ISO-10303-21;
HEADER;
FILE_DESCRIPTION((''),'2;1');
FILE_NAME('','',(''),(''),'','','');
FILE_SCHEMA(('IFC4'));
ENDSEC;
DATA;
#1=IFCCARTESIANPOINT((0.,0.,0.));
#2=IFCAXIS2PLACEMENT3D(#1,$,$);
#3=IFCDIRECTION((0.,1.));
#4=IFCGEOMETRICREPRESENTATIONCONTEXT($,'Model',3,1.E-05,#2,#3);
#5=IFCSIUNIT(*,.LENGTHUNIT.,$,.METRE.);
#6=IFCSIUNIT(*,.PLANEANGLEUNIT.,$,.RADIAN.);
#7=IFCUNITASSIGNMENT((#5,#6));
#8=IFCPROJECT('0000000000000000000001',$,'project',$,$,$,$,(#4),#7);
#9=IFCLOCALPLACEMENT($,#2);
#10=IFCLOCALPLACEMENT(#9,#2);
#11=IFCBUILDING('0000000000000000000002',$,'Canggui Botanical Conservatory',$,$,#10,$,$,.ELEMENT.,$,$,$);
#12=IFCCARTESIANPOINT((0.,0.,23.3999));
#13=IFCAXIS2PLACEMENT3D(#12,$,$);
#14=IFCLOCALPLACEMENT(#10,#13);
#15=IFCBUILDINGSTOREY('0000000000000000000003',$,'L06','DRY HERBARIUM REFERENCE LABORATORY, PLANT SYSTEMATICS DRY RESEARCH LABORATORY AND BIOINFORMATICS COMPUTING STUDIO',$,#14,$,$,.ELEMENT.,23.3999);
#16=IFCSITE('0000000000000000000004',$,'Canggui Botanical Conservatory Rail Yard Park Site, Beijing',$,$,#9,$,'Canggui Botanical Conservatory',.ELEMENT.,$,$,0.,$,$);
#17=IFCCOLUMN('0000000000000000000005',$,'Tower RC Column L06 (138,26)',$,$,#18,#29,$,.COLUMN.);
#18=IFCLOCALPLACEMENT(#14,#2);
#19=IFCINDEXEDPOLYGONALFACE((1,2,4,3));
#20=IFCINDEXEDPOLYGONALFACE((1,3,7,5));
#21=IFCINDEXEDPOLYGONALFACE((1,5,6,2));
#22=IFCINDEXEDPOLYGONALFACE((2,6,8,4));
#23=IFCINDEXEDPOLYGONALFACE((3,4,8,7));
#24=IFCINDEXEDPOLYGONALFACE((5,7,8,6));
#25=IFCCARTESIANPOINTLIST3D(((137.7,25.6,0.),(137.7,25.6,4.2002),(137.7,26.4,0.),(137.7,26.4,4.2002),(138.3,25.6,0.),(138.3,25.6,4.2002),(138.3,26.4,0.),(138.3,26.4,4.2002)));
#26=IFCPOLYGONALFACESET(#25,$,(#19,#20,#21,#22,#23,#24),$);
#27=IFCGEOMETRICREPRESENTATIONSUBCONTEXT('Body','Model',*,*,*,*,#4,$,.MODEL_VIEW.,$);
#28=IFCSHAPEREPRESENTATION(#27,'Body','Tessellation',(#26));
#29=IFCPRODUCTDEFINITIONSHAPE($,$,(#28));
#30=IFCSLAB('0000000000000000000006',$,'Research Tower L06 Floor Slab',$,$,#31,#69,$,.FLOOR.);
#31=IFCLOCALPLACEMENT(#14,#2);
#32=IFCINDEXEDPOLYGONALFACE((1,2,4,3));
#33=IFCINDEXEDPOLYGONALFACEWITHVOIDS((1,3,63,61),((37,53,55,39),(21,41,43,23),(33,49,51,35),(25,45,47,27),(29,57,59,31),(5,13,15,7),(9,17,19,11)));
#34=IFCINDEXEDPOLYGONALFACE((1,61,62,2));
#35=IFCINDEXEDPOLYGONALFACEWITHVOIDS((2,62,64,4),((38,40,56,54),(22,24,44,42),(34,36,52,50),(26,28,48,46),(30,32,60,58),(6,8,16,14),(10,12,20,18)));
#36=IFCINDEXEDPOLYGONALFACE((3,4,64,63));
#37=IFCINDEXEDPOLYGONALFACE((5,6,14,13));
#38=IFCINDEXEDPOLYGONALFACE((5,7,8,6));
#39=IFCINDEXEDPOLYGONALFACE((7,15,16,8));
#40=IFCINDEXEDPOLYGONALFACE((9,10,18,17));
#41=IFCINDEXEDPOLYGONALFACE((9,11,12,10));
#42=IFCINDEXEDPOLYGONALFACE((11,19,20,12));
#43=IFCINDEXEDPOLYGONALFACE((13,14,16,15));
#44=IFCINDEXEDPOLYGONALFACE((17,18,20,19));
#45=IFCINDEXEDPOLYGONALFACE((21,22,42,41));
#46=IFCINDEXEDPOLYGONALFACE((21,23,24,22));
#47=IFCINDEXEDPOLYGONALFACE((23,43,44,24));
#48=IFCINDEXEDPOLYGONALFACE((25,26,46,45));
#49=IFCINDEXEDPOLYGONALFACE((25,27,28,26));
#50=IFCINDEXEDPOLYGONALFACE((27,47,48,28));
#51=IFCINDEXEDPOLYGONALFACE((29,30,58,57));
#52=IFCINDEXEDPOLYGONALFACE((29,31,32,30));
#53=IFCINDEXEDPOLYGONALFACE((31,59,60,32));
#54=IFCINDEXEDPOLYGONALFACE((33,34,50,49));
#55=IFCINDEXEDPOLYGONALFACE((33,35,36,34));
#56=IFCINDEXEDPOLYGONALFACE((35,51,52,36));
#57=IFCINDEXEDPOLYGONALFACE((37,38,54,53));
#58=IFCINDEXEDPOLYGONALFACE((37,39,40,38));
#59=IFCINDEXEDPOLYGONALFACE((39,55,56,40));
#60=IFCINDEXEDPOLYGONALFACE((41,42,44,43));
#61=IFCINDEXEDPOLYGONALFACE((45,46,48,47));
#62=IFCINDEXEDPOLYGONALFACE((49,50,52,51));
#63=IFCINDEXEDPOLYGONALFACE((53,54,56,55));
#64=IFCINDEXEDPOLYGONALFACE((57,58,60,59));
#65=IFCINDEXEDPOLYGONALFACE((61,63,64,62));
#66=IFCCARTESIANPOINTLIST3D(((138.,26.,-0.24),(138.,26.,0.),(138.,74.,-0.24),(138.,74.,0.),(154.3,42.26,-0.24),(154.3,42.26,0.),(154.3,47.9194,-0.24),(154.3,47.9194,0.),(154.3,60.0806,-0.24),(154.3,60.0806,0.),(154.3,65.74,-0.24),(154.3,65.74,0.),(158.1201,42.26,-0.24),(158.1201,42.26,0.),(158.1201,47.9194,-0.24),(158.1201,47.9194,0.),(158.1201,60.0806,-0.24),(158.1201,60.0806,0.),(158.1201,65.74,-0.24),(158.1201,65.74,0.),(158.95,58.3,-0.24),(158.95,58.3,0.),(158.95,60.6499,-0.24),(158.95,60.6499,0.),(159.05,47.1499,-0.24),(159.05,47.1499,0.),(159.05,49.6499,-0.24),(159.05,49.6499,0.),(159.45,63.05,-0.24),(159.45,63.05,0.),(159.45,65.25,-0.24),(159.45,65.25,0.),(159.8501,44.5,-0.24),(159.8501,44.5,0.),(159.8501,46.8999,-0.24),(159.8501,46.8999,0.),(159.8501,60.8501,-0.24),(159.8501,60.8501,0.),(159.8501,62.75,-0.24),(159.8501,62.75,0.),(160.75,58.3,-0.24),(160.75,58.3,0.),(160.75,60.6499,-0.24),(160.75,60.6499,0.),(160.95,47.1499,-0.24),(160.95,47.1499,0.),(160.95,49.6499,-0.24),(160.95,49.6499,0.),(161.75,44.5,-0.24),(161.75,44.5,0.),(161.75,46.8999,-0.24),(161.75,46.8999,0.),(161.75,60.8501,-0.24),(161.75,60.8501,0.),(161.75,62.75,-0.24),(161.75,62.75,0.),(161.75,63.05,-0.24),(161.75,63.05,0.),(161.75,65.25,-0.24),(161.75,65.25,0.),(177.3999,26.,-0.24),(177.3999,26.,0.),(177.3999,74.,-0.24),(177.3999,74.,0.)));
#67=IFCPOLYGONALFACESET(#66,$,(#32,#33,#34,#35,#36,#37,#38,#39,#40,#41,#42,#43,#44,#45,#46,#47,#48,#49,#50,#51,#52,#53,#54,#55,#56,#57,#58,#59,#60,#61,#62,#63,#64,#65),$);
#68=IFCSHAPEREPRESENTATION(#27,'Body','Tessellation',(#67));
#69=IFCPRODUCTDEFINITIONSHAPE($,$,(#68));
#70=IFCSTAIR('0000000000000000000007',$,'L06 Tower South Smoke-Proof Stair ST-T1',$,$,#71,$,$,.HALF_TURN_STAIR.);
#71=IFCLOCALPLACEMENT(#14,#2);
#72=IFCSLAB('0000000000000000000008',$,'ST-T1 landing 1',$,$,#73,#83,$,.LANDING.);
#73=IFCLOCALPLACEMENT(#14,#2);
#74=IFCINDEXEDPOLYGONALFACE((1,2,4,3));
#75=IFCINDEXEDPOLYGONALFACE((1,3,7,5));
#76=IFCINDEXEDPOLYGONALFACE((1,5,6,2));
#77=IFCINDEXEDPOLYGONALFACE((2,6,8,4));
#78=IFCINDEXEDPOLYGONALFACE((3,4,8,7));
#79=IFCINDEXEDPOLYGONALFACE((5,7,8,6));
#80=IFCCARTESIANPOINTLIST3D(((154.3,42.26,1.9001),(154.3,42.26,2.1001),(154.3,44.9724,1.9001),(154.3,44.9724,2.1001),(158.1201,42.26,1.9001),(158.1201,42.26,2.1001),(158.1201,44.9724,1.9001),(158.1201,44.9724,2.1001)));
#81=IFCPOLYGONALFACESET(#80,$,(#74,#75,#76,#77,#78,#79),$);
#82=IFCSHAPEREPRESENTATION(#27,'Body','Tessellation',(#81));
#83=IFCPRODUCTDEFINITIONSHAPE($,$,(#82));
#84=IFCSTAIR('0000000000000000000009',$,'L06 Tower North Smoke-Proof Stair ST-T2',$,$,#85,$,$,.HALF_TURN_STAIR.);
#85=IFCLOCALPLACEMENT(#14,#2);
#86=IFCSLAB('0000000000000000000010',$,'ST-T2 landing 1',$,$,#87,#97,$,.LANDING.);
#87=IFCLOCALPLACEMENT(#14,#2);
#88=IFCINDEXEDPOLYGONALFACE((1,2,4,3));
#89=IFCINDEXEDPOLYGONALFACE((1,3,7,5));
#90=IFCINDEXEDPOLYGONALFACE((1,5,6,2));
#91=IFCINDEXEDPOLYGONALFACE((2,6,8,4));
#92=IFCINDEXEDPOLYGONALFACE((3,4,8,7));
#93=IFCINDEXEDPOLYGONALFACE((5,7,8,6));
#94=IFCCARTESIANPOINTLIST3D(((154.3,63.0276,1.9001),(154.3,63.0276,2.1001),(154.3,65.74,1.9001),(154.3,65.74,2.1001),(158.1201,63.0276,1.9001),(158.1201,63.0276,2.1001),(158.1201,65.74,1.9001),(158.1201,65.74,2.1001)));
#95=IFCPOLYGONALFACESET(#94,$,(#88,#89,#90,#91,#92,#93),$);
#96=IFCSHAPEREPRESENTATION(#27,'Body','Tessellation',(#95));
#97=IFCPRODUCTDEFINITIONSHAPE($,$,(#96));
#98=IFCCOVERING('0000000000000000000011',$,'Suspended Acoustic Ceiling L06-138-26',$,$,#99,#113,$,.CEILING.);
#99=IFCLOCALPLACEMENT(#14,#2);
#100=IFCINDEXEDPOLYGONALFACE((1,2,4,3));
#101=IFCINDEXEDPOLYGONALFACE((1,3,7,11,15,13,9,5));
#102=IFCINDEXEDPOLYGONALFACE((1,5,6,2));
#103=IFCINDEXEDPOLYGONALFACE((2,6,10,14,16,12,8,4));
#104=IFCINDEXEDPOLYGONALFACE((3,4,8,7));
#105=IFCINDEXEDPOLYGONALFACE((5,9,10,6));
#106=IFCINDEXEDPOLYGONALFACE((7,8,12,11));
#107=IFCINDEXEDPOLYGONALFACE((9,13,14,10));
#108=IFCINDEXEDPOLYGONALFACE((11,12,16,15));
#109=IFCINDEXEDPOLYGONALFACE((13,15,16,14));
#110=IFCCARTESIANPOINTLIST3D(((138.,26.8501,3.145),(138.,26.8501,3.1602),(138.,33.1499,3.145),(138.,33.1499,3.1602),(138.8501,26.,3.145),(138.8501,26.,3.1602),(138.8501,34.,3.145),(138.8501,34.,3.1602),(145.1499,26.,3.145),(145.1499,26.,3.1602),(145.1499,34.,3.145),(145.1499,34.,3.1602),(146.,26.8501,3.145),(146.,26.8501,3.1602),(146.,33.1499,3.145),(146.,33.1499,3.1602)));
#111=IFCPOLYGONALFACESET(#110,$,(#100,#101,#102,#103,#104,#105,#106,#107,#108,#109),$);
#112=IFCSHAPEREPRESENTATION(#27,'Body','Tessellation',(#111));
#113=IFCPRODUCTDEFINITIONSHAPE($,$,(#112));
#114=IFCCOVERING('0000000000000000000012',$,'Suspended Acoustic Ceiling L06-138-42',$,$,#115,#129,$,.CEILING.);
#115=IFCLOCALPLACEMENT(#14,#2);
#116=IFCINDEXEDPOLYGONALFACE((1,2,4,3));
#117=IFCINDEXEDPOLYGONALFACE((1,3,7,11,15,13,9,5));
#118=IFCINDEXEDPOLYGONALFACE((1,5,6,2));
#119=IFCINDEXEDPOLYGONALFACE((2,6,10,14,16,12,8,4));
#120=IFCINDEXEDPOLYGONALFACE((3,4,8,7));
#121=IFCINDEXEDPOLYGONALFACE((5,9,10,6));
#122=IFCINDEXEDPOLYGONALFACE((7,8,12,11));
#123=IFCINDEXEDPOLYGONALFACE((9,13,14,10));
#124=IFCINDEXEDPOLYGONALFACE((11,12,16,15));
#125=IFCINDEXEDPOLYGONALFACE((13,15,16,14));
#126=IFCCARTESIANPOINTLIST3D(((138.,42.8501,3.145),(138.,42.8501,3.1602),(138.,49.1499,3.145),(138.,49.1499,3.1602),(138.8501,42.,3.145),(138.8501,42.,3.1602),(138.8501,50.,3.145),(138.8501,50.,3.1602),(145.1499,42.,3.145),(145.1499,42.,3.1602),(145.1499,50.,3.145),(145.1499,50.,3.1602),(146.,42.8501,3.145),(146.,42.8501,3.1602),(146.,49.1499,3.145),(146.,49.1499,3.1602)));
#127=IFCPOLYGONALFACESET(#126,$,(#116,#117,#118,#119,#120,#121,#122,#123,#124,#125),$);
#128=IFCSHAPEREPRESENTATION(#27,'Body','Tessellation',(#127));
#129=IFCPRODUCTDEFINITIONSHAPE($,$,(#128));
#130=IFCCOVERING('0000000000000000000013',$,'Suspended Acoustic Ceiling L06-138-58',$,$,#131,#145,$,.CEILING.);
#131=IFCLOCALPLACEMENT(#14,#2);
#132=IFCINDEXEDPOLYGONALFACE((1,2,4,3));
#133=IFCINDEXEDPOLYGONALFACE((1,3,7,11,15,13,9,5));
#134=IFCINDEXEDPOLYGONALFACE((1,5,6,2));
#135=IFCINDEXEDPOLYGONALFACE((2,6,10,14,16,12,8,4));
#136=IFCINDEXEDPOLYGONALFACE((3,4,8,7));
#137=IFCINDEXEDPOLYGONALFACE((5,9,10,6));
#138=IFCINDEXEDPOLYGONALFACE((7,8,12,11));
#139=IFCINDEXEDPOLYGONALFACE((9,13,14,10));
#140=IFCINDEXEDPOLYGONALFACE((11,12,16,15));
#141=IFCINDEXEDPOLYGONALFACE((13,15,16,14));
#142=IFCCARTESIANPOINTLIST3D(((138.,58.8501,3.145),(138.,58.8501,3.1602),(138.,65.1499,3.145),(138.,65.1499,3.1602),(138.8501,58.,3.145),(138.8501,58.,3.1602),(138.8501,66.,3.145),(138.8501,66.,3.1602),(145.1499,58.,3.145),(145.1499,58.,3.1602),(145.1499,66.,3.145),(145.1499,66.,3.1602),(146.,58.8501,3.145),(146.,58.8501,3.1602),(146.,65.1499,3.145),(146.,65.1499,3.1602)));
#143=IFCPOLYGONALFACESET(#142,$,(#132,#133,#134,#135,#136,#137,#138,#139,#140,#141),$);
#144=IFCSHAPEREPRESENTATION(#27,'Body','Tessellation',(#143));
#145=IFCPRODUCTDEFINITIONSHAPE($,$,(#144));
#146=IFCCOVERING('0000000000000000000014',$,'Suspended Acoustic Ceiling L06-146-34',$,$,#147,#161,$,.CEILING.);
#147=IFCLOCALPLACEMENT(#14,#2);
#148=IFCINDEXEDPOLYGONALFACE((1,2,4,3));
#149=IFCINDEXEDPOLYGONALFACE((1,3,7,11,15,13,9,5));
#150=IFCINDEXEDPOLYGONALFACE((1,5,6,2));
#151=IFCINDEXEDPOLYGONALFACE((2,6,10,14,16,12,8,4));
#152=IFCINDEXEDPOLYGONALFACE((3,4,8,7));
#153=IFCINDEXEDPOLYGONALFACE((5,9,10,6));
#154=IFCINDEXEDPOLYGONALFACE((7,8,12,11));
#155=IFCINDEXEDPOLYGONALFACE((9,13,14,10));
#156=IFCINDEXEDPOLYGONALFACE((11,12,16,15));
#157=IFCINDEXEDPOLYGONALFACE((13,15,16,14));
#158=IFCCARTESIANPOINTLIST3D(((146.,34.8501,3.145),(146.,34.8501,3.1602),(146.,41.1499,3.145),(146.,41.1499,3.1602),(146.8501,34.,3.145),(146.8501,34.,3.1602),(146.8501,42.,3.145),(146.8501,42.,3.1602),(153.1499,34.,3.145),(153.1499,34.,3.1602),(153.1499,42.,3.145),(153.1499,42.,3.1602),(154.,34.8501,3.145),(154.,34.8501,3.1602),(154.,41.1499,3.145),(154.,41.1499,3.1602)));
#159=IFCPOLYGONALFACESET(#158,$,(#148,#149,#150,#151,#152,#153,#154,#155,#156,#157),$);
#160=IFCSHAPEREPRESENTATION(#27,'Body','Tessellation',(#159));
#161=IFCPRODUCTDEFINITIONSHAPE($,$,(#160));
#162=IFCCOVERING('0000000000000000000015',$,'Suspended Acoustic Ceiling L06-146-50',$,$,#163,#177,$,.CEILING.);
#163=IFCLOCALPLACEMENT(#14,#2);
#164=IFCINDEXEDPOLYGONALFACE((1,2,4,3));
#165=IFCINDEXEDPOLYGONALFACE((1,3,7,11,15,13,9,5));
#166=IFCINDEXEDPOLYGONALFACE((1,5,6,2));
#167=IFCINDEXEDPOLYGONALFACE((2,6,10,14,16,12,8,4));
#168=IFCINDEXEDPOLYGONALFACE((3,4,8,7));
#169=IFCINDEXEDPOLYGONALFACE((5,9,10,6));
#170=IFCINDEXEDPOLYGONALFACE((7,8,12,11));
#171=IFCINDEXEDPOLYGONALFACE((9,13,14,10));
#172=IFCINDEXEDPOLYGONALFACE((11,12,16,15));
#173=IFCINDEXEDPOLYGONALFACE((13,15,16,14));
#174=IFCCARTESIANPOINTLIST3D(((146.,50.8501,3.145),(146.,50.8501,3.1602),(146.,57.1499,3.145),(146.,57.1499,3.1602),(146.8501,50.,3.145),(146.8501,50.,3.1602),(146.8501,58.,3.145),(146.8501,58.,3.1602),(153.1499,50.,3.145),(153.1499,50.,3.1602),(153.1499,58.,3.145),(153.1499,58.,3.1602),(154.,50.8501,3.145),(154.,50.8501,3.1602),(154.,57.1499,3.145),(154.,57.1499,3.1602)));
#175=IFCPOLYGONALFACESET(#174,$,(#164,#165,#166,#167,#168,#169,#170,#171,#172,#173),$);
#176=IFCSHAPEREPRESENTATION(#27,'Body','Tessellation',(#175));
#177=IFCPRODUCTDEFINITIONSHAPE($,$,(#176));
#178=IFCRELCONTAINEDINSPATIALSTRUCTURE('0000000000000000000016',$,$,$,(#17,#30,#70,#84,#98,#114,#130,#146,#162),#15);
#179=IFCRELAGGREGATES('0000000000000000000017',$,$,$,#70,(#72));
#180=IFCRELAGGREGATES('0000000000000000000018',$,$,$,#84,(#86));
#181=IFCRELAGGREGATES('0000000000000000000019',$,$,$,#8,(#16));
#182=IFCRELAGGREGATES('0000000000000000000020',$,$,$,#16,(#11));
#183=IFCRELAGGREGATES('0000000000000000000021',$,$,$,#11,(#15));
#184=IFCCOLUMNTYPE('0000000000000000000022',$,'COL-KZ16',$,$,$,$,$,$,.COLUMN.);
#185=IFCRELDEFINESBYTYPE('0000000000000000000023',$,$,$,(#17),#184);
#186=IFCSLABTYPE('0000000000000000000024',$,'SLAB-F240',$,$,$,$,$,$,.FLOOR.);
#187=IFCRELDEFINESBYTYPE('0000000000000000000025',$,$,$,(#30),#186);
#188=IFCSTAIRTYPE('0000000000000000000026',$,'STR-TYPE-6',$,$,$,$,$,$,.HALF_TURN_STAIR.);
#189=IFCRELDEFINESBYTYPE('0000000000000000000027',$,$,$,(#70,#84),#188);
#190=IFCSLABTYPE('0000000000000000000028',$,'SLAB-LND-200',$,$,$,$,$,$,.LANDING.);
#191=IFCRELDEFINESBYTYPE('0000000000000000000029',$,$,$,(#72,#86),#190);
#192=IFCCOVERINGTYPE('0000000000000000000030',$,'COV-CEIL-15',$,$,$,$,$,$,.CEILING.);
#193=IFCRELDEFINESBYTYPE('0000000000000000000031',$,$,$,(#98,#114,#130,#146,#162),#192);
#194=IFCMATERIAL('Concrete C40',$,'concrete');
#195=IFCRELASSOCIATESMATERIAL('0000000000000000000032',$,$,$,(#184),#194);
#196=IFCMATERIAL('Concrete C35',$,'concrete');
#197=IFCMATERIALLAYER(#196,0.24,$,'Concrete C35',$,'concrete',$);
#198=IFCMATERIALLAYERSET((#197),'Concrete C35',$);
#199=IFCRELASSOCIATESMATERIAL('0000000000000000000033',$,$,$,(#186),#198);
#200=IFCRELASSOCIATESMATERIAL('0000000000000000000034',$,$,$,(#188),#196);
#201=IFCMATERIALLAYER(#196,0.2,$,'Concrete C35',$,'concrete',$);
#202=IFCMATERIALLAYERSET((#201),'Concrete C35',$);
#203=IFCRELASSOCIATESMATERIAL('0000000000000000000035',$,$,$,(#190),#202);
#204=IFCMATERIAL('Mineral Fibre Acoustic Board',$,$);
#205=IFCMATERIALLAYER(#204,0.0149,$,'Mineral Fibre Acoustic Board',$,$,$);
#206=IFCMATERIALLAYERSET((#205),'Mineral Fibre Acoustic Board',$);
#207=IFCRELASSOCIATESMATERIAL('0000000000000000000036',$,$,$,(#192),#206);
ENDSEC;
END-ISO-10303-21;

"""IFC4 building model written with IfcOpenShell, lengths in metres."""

from ifc_helpers import new_model, si_unit, direction, frame, origin, origin_2d, place, context, subcontext, project, spatial, polyline, rectangle, outline, extrude, material, layer, layer_set, material_profile, profile_set, type_object, element, aggregate, save


model = new_model("IFC4")

# Units and contexts
model_context = context("Model", 3, precision=1e-05, world=origin(), true_north=direction((0.0, 1.0)))
body_context = subcontext(model_context, "Body", "Model", "MODEL_VIEW")
ifc_project = project(units=[si_unit("LENGTHUNIT", "METRE"), si_unit("PLANEANGLEUNIT", "RADIAN")], contexts=[model_context])

# Site, building, storey
site_placement = place(None, origin())
site = spatial("IfcSite", under=ifc_project, at=site_placement, Name="Canggui Botanical Conservatory Rail Yard Park Site, Beijing", LongName="Canggui Botanical Conservatory", CompositionType="ELEMENT", RefElevation=0.0)
building_placement = place(site_placement, origin())
building = spatial("IfcBuilding", under=site, at=building_placement, Name="Canggui Botanical Conservatory", CompositionType="ELEMENT")
storey_placement = place(building_placement, frame((0.0, 0.0, 23.3999)))
storey = spatial("IfcBuildingStorey", under=building, at=storey_placement, Name="L06", Description="DRY HERBARIUM REFERENCE LABORATORY, PLANT SYSTEMATICS DRY RESEARCH LABORATORY AND BIOINFORMATICS COMPUTING STUDIO", CompositionType="ELEMENT", Elevation=23.3999)

# Column
ifc_material_1 = material(Name="Concrete C40", Category="concrete")
ifc_material_profile = material_profile(ifc_material_1, rectangle(XDim=0.6001, YDim=0.8, at=origin_2d()), Name="RC 600x800")
ifc_profile_set = profile_set([ifc_material_profile], Name="Concrete C40")
column_type = type_object("IfcColumnType", Name="COL-KZ16", PredefinedType="COLUMN", material=ifc_profile_set)
column_placement = place(storey_placement, frame((138.0, 26.0, 0.0), z_axis=(0.0, 0.0, 1.0), x_axis=(1.0, 0.0, 0.0)))
element("IfcColumn", 1, at=column_placement, inside=storey, type_object=column_type, Name="Tower RC Column L06 (138,26)", PredefinedType="COLUMN", context=body_context, shape_type="SweptSolid", body=[
    extrude(rectangle(XDim=0.6001, YDim=0.8, at=origin_2d()), origin(), (0.0, 0.0, 1.0), 4.2002),
])

# Slab
ifc_material_2 = material(Name="Concrete C35", Category="concrete")
ifc_layer_1 = layer(ifc_material_2, 0.24, Name="Concrete C35", Category="concrete")
ifc_layer_set_1 = layer_set([ifc_layer_1], Name="Concrete C35")
slab_type_1 = type_object("IfcSlabType", Name="SLAB-F240", PredefinedType="FLOOR", material=ifc_layer_set_1)
slab_1_placement = place(storey_placement, frame((0.0, 0.0, -0.24)))
element("IfcSlab", 2, at=slab_1_placement, inside=storey, type_object=slab_type_1, Name="Research Tower L06 Floor Slab", PredefinedType="FLOOR", context=body_context, shape_type="SweptSolid", body=[
    extrude(outline(polyline([(138.0, 26.0), (177.3999, 26.0), (177.3999, 74.0), (138.0, 74.0), (138.0, 26.0)]), holes=[polyline([(154.3, 47.9194), (154.3, 42.26), (158.1201, 42.26), (158.1201, 47.9194), (154.3, 47.9194)]), polyline([(158.1201, 60.0806), (158.1201, 65.74), (154.3, 65.74), (154.3, 60.0806), (158.1201, 60.0806)]), polyline([(159.05, 47.1499), (160.95, 47.1499), (160.95, 49.6499), (159.05, 49.6499), (159.05, 47.1499)]), polyline([(159.8501, 44.5), (161.75, 44.5), (161.75, 46.8999), (159.8501, 46.8999), (159.8501, 44.5)]), polyline([(158.95, 58.3), (160.75, 58.3), (160.75, 60.6499), (158.95, 60.6499), (158.95, 58.3)]), polyline([(159.8501, 60.8501), (161.75, 60.8501), (161.75, 62.75), (159.8501, 62.75), (159.8501, 60.8501)]), polyline([(159.45, 63.05), (161.75, 63.05), (161.75, 65.25), (159.45, 65.25), (159.45, 63.05)])]), origin(), (0.0, 0.0, 1.0), 0.24),
])

# Stairs, slabs
stair_type = type_object("IfcStairType", Name="STR-TYPE-6", PredefinedType="HALF_TURN_STAIR", material=ifc_material_2)
stair_1_placement = place(storey_placement, origin())
stair_1 = element("IfcStair", 3, at=stair_1_placement, inside=storey, type_object=stair_type, Name="L06 Tower South Smoke-Proof Stair ST-T1", PredefinedType="HALF_TURN_STAIR")
ifc_layer_2 = layer(ifc_material_2, 0.2, Name="Concrete C35", Category="concrete")
ifc_layer_set_2 = layer_set([ifc_layer_2], Name="Concrete C35")
slab_type_2 = type_object("IfcSlabType", Name="SLAB-LND-200", PredefinedType="LANDING", material=ifc_layer_set_2)
slab_2_placement = place(storey_placement, frame((0.0, 0.0, 1.9001)))
slab_2 = element("IfcSlab", 4, at=slab_2_placement, type_object=slab_type_2, Name="ST-T1 landing 1", PredefinedType="LANDING", context=body_context, shape_type="SweptSolid", body=[
    extrude(outline(polyline([(154.3, 44.9724), (154.3, 42.26), (158.1201, 42.26), (158.1201, 44.9724), (154.3, 44.9724)])), origin(), (0.0, 0.0, 1.0), 0.2),
])
aggregate(stair_1, [slab_2])
stair_2_placement = place(storey_placement, origin())
stair_2 = element("IfcStair", 5, at=stair_2_placement, inside=storey, type_object=stair_type, Name="L06 Tower North Smoke-Proof Stair ST-T2", PredefinedType="HALF_TURN_STAIR")
slab_3_placement = place(storey_placement, frame((0.0, 0.0, 1.9001)))
slab_3 = element("IfcSlab", 6, at=slab_3_placement, type_object=slab_type_2, Name="ST-T2 landing 1", PredefinedType="LANDING", context=body_context, shape_type="SweptSolid", body=[
    extrude(outline(polyline([(158.1201, 63.0276), (158.1201, 65.74), (154.3, 65.74), (154.3, 63.0276), (158.1201, 63.0276)])), origin(), (0.0, 0.0, 1.0), 0.2),
])
aggregate(stair_2, [slab_3])

# Coverings
ifc_material_3 = material(Name="Mineral Fibre Acoustic Board")
ifc_layer_3 = layer(ifc_material_3, 0.0149, Name="Mineral Fibre Acoustic Board")
ifc_layer_set_3 = layer_set([ifc_layer_3], Name="Mineral Fibre Acoustic Board")
covering_type_1 = type_object("IfcCoveringType", Name="COV-CEIL-15", PredefinedType="CEILING", material=ifc_layer_set_3)
covering_1_placement = place(storey_placement, frame((0.0, 0.0, 3.145)))
element("IfcCovering", 7, at=covering_1_placement, inside=storey, type_object=covering_type_1, Name="Suspended Acoustic Ceiling L06-138-26", PredefinedType="CEILING", context=body_context, shape_type="SweptSolid", body=[
    extrude(outline(polyline([(138.8501, 26.0), (145.1499, 26.0), (146.0, 26.8501), (146.0, 33.1499), (145.1499, 34.0), (138.8501, 34.0), (138.0, 33.1499), (138.0, 26.8501), (138.8501, 26.0)])), origin(), (0.0, 0.0, 1.0), 0.0151),
])
covering_2_placement = place(storey_placement, frame((0.0, 0.0, 3.145)))
element("IfcCovering", 8, at=covering_2_placement, inside=storey, type_object=covering_type_1, Name="Suspended Acoustic Ceiling L06-138-42", PredefinedType="CEILING", context=body_context, shape_type="SweptSolid", body=[
    extrude(outline(polyline([(138.8501, 42.0), (145.1499, 42.0), (146.0, 42.8501), (146.0, 49.1499), (145.1499, 50.0), (138.8501, 50.0), (138.0, 49.1499), (138.0, 42.8501), (138.8501, 42.0)])), origin(), (0.0, 0.0, 1.0), 0.0151),
])
covering_3_placement = place(storey_placement, frame((0.0, 0.0, 3.145)))
element("IfcCovering", 9, at=covering_3_placement, inside=storey, type_object=covering_type_1, Name="Suspended Acoustic Ceiling L06-138-58", PredefinedType="CEILING", context=body_context, shape_type="SweptSolid", body=[
    extrude(outline(polyline([(138.8501, 58.0), (145.1499, 58.0), (146.0, 58.8501), (146.0, 65.1499), (145.1499, 66.0), (138.8501, 66.0), (138.0, 65.1499), (138.0, 58.8501), (138.8501, 58.0)])), origin(), (0.0, 0.0, 1.0), 0.0151),
])
covering_4_placement = place(storey_placement, frame((0.0, 0.0, 3.145)))
element("IfcCovering", 10, at=covering_4_placement, inside=storey, type_object=covering_type_1, Name="Suspended Acoustic Ceiling L06-146-34", PredefinedType="CEILING", context=body_context, shape_type="SweptSolid", body=[
    extrude(outline(polyline([(146.8501, 34.0), (153.1499, 34.0), (154.0, 34.8501), (154.0, 41.1499), (153.1499, 42.0), (146.8501, 42.0), (146.0, 41.1499), (146.0, 34.8501), (146.8501, 34.0)])), origin(), (0.0, 0.0, 1.0), 0.0151),
])
covering_5_placement = place(storey_placement, frame((0.0, 0.0, 3.145)))
element("IfcCovering", 11, at=covering_5_placement, inside=storey, type_object=covering_type_1, Name="Suspended Acoustic Ceiling L06-146-50", PredefinedType="CEILING", context=body_context, shape_type="SweptSolid", body=[
    extrude(outline(polyline([(146.8501, 50.0), (153.1499, 50.0), (154.0, 50.8501), (154.0, 57.1499), (153.1499, 58.0), (146.8501, 58.0), (146.0, 57.1499), (146.0, 50.8501), (146.8501, 50.0)])), origin(), (0.0, 0.0, 1.0), 0.0151),
])

save(model, "model.ifc")
